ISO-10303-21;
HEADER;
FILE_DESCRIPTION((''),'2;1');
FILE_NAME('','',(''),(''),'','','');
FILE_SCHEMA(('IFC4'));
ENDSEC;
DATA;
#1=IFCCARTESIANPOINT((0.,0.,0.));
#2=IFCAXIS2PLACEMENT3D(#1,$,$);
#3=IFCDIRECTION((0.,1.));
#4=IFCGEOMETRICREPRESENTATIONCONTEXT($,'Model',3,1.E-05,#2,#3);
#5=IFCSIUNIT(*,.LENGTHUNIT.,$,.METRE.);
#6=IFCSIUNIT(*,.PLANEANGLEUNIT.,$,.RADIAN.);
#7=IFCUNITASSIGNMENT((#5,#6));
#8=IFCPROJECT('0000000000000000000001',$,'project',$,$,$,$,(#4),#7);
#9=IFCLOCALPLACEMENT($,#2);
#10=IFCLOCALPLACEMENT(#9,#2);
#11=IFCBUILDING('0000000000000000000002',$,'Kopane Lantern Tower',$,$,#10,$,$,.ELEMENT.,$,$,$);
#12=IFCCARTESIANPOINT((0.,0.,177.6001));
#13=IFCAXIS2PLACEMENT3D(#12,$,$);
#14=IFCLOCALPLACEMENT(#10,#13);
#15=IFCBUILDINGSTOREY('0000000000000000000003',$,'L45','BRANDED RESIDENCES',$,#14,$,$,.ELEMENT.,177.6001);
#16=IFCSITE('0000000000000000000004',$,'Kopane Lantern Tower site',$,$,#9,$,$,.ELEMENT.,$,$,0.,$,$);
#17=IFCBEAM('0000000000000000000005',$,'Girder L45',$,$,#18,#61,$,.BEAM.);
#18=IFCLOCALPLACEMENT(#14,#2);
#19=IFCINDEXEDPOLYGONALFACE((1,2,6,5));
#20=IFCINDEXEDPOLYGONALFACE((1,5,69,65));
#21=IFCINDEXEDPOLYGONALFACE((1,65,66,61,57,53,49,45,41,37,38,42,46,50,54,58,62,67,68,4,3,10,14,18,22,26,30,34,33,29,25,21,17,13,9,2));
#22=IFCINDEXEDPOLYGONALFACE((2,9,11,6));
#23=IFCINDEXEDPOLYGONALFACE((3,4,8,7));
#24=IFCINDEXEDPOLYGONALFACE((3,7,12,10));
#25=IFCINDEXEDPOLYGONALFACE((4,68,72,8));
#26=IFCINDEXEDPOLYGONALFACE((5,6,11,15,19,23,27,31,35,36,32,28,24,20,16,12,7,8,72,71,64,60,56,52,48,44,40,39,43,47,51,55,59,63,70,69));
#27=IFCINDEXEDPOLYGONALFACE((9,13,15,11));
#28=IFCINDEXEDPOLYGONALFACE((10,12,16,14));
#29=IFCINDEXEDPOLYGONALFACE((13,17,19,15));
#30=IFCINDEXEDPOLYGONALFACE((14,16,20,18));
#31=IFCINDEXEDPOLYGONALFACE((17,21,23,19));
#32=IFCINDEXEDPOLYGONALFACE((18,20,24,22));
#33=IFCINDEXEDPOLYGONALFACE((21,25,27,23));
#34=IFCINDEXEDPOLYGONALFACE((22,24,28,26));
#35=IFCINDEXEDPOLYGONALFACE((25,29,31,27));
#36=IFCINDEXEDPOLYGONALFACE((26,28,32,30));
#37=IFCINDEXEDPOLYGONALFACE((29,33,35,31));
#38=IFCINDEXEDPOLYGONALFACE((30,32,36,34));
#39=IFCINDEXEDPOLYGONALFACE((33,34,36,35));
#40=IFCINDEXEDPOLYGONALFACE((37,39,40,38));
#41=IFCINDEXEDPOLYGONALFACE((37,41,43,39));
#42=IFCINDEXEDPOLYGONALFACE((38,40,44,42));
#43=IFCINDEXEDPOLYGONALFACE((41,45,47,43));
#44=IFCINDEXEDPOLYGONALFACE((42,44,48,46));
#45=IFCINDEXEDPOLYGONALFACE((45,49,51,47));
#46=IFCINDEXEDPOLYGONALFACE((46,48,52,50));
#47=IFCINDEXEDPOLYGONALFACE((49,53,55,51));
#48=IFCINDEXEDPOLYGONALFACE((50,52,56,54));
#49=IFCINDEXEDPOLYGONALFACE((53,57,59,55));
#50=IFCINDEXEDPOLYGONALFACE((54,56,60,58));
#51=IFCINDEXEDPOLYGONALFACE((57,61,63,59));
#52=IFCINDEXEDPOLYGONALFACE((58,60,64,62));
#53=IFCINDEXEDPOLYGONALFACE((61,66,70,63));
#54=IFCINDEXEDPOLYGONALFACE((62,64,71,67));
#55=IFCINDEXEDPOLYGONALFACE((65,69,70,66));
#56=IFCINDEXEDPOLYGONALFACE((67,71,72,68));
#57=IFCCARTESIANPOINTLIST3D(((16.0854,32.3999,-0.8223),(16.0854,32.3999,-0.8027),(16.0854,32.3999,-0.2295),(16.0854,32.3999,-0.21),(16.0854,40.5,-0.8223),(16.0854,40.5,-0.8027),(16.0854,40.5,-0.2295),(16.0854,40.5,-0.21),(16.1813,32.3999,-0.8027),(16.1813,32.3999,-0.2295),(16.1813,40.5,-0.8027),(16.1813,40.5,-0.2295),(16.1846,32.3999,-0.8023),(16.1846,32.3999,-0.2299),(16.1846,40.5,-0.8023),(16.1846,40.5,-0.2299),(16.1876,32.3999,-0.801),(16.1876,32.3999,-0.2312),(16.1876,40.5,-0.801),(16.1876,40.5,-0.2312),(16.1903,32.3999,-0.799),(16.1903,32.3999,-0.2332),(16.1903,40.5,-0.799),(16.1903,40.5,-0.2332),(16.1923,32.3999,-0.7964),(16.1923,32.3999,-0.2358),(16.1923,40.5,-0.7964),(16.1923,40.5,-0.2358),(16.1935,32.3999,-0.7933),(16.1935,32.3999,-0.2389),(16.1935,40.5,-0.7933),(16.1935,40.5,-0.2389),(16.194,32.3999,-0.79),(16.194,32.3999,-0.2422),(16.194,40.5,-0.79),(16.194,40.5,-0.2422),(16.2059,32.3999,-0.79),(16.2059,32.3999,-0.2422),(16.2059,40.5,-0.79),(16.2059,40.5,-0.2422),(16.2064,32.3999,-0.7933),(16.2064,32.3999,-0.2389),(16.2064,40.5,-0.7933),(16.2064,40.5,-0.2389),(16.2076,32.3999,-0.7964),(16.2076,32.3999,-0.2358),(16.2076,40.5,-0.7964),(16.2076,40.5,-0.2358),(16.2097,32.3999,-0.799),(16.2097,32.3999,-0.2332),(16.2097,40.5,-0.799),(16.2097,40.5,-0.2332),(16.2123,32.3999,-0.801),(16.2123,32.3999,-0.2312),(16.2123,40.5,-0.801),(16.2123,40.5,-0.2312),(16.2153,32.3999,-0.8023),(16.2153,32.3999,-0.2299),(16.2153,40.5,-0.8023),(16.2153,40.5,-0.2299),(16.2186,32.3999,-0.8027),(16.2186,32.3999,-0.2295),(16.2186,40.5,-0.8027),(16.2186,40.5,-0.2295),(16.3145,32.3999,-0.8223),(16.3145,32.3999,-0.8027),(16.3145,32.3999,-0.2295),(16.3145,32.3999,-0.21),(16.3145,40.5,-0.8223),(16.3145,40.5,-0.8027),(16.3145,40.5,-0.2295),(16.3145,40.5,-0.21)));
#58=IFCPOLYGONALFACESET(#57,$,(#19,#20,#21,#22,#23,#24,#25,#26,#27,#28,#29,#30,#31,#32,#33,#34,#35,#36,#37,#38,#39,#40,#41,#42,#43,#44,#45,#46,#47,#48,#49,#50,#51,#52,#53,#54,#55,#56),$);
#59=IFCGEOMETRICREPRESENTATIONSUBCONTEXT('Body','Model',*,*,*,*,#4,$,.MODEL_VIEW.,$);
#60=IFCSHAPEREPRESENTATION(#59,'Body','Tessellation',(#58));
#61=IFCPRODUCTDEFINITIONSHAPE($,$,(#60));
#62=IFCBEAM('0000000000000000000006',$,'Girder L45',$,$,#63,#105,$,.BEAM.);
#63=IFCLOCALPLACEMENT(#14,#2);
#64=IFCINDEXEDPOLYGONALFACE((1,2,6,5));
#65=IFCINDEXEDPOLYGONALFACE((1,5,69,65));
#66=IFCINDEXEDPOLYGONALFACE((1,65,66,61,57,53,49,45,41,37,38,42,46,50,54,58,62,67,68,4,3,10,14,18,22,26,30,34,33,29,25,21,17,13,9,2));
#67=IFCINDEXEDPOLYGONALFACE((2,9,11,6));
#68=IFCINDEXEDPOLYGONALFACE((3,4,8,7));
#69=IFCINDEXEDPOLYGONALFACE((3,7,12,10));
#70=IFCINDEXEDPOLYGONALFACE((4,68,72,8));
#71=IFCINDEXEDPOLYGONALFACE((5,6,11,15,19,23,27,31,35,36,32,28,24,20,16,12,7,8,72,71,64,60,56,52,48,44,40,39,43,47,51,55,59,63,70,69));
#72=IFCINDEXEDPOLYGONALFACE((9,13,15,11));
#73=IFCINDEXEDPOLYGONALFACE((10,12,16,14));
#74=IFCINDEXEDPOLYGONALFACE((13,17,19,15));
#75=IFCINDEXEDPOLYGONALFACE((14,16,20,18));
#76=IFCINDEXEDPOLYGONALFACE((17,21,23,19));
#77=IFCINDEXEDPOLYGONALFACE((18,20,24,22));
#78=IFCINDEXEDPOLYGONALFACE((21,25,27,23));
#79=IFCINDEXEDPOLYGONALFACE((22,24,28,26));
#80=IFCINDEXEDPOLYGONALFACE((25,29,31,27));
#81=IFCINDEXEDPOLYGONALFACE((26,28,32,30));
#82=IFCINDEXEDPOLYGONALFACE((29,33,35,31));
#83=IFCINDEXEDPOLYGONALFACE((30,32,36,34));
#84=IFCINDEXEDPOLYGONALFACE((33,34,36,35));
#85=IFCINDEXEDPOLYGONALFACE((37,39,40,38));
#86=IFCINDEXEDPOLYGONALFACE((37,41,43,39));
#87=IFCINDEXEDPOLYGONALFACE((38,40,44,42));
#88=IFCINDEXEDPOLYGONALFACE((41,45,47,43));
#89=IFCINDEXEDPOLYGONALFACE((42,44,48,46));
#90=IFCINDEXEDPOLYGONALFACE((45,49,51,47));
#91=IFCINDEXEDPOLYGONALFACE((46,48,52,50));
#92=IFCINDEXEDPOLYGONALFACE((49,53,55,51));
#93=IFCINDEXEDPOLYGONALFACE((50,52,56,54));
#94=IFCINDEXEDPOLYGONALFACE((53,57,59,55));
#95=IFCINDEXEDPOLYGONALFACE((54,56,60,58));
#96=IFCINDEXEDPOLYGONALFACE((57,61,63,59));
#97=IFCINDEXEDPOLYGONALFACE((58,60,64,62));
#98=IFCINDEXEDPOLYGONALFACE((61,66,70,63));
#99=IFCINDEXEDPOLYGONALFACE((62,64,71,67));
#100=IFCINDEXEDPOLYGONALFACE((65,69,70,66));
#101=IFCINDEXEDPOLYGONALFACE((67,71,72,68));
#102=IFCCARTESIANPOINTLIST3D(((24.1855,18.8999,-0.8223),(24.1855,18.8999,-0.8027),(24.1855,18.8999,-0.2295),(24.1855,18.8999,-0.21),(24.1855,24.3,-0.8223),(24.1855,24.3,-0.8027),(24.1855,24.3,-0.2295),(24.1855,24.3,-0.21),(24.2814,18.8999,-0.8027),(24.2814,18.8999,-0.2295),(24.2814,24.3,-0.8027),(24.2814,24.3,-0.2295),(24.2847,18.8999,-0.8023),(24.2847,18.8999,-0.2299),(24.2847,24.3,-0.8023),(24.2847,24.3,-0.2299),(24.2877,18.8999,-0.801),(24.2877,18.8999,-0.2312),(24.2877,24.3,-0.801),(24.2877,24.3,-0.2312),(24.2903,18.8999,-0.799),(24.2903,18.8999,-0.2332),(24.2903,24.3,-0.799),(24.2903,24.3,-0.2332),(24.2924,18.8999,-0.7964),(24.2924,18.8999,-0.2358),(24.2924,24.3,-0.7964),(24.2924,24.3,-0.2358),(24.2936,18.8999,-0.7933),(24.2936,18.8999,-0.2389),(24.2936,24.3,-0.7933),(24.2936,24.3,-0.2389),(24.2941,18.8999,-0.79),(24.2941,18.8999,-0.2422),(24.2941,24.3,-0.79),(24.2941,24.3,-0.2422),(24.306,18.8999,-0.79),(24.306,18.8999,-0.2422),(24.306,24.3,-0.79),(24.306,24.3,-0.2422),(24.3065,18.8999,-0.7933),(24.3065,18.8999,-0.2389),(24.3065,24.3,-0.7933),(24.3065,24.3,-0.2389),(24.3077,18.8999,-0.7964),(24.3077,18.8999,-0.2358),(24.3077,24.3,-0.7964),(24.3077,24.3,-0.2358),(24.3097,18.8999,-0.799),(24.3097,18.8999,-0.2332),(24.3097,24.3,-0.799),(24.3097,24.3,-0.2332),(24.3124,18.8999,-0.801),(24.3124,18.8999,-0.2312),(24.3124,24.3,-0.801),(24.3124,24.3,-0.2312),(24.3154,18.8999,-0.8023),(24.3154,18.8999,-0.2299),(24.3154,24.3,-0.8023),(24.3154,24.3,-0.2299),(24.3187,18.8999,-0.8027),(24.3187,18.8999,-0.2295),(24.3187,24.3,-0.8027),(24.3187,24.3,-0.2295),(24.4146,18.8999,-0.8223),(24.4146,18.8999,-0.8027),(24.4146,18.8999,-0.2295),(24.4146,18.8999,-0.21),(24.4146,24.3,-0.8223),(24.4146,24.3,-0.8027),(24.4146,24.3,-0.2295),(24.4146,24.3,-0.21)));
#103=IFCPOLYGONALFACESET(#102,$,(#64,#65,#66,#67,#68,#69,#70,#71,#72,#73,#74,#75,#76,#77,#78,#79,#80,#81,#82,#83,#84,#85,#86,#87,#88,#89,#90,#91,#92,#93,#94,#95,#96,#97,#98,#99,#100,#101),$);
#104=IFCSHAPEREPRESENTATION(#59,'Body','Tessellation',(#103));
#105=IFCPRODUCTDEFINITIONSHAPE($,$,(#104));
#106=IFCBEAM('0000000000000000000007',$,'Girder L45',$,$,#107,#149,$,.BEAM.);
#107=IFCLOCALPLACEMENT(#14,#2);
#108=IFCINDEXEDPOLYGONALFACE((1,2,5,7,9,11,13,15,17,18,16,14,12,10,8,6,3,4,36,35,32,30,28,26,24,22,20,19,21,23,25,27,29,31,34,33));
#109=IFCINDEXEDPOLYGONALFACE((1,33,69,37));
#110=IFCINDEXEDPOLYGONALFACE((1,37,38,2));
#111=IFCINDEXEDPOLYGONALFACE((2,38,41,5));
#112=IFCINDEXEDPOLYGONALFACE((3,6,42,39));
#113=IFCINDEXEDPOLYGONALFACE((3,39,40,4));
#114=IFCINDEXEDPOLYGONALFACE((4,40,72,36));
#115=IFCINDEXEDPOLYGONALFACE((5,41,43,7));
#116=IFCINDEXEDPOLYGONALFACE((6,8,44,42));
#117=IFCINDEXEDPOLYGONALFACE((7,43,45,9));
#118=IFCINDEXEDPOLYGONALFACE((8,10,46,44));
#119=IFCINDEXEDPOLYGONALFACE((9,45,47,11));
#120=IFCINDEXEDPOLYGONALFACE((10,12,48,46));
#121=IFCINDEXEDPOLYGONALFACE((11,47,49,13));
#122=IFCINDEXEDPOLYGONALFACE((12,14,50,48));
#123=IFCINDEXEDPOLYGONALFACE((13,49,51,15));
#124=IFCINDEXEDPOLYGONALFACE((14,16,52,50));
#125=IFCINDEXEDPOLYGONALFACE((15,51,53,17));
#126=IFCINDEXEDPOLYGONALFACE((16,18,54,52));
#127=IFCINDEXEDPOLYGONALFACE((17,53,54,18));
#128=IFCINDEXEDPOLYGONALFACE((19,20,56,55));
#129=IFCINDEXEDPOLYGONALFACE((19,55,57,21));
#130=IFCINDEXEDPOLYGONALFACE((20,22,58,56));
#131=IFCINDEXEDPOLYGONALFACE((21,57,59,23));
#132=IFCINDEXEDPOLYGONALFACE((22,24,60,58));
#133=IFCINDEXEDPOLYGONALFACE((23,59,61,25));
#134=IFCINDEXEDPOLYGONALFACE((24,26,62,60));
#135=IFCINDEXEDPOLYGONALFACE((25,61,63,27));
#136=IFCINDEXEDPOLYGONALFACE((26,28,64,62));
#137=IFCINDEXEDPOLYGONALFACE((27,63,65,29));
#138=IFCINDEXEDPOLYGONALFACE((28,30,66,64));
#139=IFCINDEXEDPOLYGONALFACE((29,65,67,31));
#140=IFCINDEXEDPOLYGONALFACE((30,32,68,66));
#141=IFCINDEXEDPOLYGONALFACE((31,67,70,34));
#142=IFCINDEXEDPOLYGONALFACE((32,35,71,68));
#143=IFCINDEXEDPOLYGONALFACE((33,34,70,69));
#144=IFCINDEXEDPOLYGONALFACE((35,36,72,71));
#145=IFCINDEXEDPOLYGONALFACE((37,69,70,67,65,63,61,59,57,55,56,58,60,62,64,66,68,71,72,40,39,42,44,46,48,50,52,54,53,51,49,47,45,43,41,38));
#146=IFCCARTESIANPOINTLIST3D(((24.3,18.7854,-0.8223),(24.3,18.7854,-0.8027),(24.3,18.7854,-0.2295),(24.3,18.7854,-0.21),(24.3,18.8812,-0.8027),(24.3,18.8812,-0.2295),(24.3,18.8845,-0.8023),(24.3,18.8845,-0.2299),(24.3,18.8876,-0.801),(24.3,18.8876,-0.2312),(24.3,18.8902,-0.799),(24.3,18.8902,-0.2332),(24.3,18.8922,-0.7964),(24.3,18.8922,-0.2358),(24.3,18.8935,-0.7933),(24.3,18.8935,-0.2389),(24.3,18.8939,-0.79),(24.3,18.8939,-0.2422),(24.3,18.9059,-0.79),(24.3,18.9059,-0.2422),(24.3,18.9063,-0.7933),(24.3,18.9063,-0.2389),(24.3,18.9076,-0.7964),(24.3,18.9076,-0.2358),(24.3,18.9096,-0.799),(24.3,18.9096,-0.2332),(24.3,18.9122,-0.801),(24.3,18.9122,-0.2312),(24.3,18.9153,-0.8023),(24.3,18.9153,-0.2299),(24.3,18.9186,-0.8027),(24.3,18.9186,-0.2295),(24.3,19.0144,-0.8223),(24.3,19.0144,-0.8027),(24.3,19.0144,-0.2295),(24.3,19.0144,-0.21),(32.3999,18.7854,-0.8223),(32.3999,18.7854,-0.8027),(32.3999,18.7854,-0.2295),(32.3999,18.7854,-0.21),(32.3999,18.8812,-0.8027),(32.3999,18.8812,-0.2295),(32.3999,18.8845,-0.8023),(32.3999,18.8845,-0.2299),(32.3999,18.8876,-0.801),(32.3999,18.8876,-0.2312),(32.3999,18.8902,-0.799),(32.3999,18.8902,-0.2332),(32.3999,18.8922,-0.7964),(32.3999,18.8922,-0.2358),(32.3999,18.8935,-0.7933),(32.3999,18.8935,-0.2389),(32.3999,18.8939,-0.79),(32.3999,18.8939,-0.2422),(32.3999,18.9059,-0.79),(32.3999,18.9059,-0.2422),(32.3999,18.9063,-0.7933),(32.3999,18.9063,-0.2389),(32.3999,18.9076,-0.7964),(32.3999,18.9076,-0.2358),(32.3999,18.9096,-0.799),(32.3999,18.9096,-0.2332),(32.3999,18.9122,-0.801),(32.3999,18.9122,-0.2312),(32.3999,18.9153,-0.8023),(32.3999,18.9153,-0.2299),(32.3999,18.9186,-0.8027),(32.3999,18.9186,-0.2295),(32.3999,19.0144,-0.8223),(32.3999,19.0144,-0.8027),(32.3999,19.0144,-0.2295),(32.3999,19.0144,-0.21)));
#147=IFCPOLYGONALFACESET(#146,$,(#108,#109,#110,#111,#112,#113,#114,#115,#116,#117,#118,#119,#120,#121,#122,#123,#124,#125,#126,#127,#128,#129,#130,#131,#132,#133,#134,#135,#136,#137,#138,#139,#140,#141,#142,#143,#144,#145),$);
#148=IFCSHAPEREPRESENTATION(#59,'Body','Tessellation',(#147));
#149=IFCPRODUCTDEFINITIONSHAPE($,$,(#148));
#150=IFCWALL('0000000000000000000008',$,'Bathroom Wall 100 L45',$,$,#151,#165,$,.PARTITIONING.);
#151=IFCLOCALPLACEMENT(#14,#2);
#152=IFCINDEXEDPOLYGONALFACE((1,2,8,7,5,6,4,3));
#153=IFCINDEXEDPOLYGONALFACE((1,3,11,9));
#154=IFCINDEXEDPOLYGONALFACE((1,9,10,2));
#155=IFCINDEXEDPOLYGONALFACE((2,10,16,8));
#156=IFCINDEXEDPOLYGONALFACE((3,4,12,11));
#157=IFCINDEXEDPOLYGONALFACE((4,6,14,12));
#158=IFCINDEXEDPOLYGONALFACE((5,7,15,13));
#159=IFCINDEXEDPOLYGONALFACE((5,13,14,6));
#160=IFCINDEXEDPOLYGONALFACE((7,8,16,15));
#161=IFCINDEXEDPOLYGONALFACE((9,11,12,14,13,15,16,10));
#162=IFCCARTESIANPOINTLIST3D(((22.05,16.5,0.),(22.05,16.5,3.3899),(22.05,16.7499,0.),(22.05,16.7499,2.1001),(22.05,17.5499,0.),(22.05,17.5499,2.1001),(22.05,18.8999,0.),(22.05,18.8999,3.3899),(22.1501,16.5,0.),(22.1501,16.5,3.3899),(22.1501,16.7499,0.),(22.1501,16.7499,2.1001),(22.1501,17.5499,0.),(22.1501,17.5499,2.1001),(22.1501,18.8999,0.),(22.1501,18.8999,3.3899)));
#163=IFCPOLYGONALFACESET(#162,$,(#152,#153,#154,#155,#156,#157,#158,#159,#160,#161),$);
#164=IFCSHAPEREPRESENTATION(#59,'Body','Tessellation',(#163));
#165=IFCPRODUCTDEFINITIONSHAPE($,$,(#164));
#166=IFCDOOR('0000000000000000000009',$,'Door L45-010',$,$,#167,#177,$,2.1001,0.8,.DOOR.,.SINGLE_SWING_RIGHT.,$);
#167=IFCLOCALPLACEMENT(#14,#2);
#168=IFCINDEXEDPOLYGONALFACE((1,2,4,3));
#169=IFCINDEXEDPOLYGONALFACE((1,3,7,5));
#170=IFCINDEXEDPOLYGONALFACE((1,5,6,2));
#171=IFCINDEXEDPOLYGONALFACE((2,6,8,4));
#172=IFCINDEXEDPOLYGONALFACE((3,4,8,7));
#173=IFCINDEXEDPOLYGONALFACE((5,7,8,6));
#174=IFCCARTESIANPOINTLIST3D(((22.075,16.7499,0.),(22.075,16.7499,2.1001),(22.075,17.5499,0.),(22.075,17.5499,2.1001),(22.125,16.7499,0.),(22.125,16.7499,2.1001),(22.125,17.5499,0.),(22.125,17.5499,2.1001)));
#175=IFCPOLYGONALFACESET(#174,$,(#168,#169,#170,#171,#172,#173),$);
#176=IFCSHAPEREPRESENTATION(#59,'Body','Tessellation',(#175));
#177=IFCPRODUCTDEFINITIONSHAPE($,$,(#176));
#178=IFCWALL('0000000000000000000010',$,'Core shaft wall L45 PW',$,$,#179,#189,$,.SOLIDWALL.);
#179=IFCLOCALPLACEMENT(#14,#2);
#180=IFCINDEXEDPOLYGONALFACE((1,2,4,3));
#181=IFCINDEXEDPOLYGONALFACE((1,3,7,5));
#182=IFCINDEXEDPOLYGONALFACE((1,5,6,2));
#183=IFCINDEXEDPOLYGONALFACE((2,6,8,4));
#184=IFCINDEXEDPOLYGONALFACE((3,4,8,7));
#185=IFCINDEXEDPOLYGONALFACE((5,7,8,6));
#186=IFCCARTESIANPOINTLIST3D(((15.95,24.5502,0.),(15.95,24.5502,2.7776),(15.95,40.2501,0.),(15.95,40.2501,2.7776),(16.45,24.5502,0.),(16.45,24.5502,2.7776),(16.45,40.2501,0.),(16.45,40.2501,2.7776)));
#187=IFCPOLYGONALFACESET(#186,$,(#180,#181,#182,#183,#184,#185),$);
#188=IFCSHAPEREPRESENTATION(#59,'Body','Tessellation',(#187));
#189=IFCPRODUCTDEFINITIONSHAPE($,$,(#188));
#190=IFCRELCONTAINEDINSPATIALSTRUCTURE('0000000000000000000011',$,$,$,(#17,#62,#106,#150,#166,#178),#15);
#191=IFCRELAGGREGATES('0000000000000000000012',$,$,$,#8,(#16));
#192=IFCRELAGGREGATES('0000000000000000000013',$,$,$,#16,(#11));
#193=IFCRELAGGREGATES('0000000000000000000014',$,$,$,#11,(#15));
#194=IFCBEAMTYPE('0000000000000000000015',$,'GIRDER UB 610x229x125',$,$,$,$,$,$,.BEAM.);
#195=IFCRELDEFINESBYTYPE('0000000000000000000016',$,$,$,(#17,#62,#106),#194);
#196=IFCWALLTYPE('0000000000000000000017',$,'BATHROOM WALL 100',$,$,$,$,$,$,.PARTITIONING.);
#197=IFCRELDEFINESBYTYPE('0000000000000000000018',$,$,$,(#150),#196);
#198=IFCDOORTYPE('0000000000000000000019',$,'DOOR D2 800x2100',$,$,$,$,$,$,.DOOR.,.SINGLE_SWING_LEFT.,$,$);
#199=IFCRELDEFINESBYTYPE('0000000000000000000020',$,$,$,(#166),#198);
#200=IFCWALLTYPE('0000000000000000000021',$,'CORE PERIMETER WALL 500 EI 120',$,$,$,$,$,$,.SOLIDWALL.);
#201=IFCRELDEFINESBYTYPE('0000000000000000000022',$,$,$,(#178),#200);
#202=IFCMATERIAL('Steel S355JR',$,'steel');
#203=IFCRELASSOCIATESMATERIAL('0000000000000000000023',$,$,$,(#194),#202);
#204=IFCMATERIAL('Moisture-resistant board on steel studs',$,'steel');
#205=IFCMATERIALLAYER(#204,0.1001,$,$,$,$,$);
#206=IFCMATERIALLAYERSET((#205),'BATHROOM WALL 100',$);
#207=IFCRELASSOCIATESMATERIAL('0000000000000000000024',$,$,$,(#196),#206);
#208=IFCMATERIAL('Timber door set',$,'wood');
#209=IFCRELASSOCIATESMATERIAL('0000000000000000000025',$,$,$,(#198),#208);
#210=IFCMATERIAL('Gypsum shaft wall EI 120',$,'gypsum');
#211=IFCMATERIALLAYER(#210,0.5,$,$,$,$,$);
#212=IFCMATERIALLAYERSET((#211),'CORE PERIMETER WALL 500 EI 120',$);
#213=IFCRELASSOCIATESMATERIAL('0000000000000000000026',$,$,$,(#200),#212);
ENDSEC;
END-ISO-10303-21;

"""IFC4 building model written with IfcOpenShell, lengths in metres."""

from ifc_helpers import new_model, si_unit, direction, frame, frame_2d, origin, origin_2d, place, context, subcontext, project, spatial, rectangle, i_section, extrude, material, layer, layer_set, material_profile, profile_set, type_object, element, fill, save


model = new_model("IFC4")

# Units and contexts
model_context = context("Model", 3, precision=1e-05, world=origin(), true_north=direction((0.0, 1.0)))
body_context = subcontext(model_context, "Body", "Model", "MODEL_VIEW")
ifc_project = project(units=[si_unit("LENGTHUNIT", "METRE"), si_unit("PLANEANGLEUNIT", "RADIAN")], contexts=[model_context])

# Site, building, storey
site_placement = place(None, origin())
site = spatial("IfcSite", under=ifc_project, at=site_placement, Name="Kopane Lantern Tower site", CompositionType="ELEMENT", RefElevation=0.0)
building_placement = place(site_placement, origin())
building = spatial("IfcBuilding", under=site, at=building_placement, Name="Kopane Lantern Tower", CompositionType="ELEMENT")
storey_placement = place(building_placement, frame((0.0, 0.0, 177.6001)))
storey = spatial("IfcBuildingStorey", under=building, at=storey_placement, Name="L45", Description="BRANDED RESIDENCES", CompositionType="ELEMENT", Elevation=177.6001)

# Beams
ifc_material_1 = material(Name="Steel S355JR", Category="steel")
ifc_material_profile_1 = material_profile(ifc_material_1, i_section(OverallWidth=0.229, OverallDepth=0.6123, WebThickness=0.012, FlangeThickness=0.0195, FilletRadius=0.0127, at=origin_2d()), Name="UB 610x229x125")
ifc_profile_set_1 = profile_set([ifc_material_profile_1], Name="Steel S355JR")
beam_type_1 = type_object("IfcBeamType", Name="GIRDER UB 610x229x125", PredefinedType="BEAM", material=ifc_profile_set_1)
beam_1_placement = place(storey_placement, frame((16.2, 32.3999, -0.5161), z_axis=(0.0, 1.0, 0.0), x_axis=(-1.0, 0.0, 0.0)))
element("IfcBeam", 1, at=beam_1_placement, inside=storey, type_object=beam_type_1, Name="Girder L45", PredefinedType="BEAM", context=body_context, shape_type="SweptSolid", body=[
    extrude(i_section(OverallWidth=0.229, OverallDepth=0.6123, WebThickness=0.012, FlangeThickness=0.0195, FilletRadius=0.0127, at=origin_2d()), origin(), (0.0, 0.0, 1.0), 8.1001),
])
beam_2_placement = place(storey_placement, frame((24.3, 18.8999, -0.5161), z_axis=(0.0, 1.0, 0.0), x_axis=(-1.0, 0.0, 0.0)))
element("IfcBeam", 2, at=beam_2_placement, inside=storey, type_object=beam_type_1, Name="Girder L45", PredefinedType="BEAM", context=body_context, shape_type="SweptSolid", body=[
    extrude(i_section(OverallWidth=0.229, OverallDepth=0.6123, WebThickness=0.012, FlangeThickness=0.0195, FilletRadius=0.0127, at=origin_2d()), origin(), (0.0, 0.0, 1.0), 5.4001),
])
beam_3_placement = place(storey_placement, frame((24.3, 18.8999, -0.5161), z_axis=(1.0, 0.0, 0.0), x_axis=(0.0, 1.0, 0.0)))
element("IfcBeam", 3, at=beam_3_placement, inside=storey, type_object=beam_type_1, Name="Girder L45", PredefinedType="BEAM", context=body_context, shape_type="SweptSolid", body=[
    extrude(i_section(OverallWidth=0.229, OverallDepth=0.6123, WebThickness=0.012, FlangeThickness=0.0195, FilletRadius=0.0127, at=origin_2d()), origin(), (0.0, 0.0, 1.0), 8.0999),
])

# Wall, opening, door
ifc_material_2 = material(Name="Moisture-resistant board on steel studs", Category="steel")
ifc_layer_1 = layer(ifc_material_2, 0.1001)
ifc_layer_set_1 = layer_set([ifc_layer_1], Name="BATHROOM WALL 100")
wall_type_1 = type_object("IfcWallType", Name="BATHROOM WALL 100", PredefinedType="PARTITIONING", material=ifc_layer_set_1)
wall_1_placement = place(storey_placement, frame((22.1001, 18.8999, 0.0), z_axis=(0.0, 0.0, 1.0), x_axis=(0.0, -1.0, 0.0)))
wall_1 = element("IfcWall", 4, at=wall_1_placement, inside=storey, type_object=wall_type_1, Name="Bathroom Wall 100 L45", PredefinedType="PARTITIONING", context=body_context, shape_type="SweptSolid", body=[
    extrude(rectangle(XDim=2.3999, YDim=0.1001, at=frame_2d((1.2, 0.0))), origin(), (0.0, 0.0, 1.0), 3.3899),
])
opening_1_placement = place(wall_1_placement, frame((1.3501, 0.0, 0.0)))
opening_1 = element("IfcOpeningElement", 5, at=opening_1_placement, cuts=wall_1, PredefinedType="OPENING", context=body_context, shape_type="SweptSolid", body=[
    extrude(rectangle(XDim=0.8, YDim=2.1001, at=frame_2d((0.3999, 1.05))), frame((0.0, 0.0601, 0.0), z_axis=(0.0, -1.0, 0.0), x_axis=(1.0, 0.0, 0.0)), (0.0, 0.0, 1.0), 0.1201),
])
ifc_material_3 = material(Name="Timber door set", Category="wood")
door_type_1 = type_object("IfcDoorType", Name="DOOR D2 800x2100", OperationType="SINGLE_SWING_LEFT", PredefinedType="DOOR", material=ifc_material_3)
door_1_placement = place(opening_1_placement, origin())
door_1 = element("IfcDoor", 6, at=door_1_placement, inside=storey, type_object=door_type_1, Name="Door L45-010", OperationType="SINGLE_SWING_RIGHT", OverallHeight=2.1001, OverallWidth=0.8, PredefinedType="DOOR", context=body_context, shape_type="SweptSolid", body=[
    extrude(rectangle(XDim=0.8, YDim=2.1001, at=frame_2d((0.3999, 1.05))), frame((0.0, 0.0249, 0.0), z_axis=(0.0, -1.0, 0.0), x_axis=(1.0, 0.0, 0.0)), (0.0, 0.0, 1.0), 0.05),
])
fill(opening_1, door_1)

# Wall
ifc_material_4 = material(Name="Gypsum shaft wall EI 120", Category="gypsum")
ifc_layer_2 = layer(ifc_material_4, 0.5)
ifc_layer_set_2 = layer_set([ifc_layer_2], Name="CORE PERIMETER WALL 500 EI 120")
wall_type_2 = type_object("IfcWallType", Name="CORE PERIMETER WALL 500 EI 120", PredefinedType="SOLIDWALL", material=ifc_layer_set_2)
wall_2_placement = place(storey_placement, frame((16.2, 24.55, 0.0), z_axis=(0.0, 0.0, 1.0), x_axis=(0.0, 1.0, 0.0)))
element("IfcWall", 7, at=wall_2_placement, inside=storey, type_object=wall_type_2, Name="Core shaft wall L45 PW", PredefinedType="SOLIDWALL", context=body_context, shape_type="SweptSolid", body=[
    extrude(rectangle(XDim=15.7, YDim=0.5, at=frame_2d((7.8501, 0.0))), origin(), (0.0, 0.0, 1.0), 2.7776),
])

save(model, "model.ifc")
